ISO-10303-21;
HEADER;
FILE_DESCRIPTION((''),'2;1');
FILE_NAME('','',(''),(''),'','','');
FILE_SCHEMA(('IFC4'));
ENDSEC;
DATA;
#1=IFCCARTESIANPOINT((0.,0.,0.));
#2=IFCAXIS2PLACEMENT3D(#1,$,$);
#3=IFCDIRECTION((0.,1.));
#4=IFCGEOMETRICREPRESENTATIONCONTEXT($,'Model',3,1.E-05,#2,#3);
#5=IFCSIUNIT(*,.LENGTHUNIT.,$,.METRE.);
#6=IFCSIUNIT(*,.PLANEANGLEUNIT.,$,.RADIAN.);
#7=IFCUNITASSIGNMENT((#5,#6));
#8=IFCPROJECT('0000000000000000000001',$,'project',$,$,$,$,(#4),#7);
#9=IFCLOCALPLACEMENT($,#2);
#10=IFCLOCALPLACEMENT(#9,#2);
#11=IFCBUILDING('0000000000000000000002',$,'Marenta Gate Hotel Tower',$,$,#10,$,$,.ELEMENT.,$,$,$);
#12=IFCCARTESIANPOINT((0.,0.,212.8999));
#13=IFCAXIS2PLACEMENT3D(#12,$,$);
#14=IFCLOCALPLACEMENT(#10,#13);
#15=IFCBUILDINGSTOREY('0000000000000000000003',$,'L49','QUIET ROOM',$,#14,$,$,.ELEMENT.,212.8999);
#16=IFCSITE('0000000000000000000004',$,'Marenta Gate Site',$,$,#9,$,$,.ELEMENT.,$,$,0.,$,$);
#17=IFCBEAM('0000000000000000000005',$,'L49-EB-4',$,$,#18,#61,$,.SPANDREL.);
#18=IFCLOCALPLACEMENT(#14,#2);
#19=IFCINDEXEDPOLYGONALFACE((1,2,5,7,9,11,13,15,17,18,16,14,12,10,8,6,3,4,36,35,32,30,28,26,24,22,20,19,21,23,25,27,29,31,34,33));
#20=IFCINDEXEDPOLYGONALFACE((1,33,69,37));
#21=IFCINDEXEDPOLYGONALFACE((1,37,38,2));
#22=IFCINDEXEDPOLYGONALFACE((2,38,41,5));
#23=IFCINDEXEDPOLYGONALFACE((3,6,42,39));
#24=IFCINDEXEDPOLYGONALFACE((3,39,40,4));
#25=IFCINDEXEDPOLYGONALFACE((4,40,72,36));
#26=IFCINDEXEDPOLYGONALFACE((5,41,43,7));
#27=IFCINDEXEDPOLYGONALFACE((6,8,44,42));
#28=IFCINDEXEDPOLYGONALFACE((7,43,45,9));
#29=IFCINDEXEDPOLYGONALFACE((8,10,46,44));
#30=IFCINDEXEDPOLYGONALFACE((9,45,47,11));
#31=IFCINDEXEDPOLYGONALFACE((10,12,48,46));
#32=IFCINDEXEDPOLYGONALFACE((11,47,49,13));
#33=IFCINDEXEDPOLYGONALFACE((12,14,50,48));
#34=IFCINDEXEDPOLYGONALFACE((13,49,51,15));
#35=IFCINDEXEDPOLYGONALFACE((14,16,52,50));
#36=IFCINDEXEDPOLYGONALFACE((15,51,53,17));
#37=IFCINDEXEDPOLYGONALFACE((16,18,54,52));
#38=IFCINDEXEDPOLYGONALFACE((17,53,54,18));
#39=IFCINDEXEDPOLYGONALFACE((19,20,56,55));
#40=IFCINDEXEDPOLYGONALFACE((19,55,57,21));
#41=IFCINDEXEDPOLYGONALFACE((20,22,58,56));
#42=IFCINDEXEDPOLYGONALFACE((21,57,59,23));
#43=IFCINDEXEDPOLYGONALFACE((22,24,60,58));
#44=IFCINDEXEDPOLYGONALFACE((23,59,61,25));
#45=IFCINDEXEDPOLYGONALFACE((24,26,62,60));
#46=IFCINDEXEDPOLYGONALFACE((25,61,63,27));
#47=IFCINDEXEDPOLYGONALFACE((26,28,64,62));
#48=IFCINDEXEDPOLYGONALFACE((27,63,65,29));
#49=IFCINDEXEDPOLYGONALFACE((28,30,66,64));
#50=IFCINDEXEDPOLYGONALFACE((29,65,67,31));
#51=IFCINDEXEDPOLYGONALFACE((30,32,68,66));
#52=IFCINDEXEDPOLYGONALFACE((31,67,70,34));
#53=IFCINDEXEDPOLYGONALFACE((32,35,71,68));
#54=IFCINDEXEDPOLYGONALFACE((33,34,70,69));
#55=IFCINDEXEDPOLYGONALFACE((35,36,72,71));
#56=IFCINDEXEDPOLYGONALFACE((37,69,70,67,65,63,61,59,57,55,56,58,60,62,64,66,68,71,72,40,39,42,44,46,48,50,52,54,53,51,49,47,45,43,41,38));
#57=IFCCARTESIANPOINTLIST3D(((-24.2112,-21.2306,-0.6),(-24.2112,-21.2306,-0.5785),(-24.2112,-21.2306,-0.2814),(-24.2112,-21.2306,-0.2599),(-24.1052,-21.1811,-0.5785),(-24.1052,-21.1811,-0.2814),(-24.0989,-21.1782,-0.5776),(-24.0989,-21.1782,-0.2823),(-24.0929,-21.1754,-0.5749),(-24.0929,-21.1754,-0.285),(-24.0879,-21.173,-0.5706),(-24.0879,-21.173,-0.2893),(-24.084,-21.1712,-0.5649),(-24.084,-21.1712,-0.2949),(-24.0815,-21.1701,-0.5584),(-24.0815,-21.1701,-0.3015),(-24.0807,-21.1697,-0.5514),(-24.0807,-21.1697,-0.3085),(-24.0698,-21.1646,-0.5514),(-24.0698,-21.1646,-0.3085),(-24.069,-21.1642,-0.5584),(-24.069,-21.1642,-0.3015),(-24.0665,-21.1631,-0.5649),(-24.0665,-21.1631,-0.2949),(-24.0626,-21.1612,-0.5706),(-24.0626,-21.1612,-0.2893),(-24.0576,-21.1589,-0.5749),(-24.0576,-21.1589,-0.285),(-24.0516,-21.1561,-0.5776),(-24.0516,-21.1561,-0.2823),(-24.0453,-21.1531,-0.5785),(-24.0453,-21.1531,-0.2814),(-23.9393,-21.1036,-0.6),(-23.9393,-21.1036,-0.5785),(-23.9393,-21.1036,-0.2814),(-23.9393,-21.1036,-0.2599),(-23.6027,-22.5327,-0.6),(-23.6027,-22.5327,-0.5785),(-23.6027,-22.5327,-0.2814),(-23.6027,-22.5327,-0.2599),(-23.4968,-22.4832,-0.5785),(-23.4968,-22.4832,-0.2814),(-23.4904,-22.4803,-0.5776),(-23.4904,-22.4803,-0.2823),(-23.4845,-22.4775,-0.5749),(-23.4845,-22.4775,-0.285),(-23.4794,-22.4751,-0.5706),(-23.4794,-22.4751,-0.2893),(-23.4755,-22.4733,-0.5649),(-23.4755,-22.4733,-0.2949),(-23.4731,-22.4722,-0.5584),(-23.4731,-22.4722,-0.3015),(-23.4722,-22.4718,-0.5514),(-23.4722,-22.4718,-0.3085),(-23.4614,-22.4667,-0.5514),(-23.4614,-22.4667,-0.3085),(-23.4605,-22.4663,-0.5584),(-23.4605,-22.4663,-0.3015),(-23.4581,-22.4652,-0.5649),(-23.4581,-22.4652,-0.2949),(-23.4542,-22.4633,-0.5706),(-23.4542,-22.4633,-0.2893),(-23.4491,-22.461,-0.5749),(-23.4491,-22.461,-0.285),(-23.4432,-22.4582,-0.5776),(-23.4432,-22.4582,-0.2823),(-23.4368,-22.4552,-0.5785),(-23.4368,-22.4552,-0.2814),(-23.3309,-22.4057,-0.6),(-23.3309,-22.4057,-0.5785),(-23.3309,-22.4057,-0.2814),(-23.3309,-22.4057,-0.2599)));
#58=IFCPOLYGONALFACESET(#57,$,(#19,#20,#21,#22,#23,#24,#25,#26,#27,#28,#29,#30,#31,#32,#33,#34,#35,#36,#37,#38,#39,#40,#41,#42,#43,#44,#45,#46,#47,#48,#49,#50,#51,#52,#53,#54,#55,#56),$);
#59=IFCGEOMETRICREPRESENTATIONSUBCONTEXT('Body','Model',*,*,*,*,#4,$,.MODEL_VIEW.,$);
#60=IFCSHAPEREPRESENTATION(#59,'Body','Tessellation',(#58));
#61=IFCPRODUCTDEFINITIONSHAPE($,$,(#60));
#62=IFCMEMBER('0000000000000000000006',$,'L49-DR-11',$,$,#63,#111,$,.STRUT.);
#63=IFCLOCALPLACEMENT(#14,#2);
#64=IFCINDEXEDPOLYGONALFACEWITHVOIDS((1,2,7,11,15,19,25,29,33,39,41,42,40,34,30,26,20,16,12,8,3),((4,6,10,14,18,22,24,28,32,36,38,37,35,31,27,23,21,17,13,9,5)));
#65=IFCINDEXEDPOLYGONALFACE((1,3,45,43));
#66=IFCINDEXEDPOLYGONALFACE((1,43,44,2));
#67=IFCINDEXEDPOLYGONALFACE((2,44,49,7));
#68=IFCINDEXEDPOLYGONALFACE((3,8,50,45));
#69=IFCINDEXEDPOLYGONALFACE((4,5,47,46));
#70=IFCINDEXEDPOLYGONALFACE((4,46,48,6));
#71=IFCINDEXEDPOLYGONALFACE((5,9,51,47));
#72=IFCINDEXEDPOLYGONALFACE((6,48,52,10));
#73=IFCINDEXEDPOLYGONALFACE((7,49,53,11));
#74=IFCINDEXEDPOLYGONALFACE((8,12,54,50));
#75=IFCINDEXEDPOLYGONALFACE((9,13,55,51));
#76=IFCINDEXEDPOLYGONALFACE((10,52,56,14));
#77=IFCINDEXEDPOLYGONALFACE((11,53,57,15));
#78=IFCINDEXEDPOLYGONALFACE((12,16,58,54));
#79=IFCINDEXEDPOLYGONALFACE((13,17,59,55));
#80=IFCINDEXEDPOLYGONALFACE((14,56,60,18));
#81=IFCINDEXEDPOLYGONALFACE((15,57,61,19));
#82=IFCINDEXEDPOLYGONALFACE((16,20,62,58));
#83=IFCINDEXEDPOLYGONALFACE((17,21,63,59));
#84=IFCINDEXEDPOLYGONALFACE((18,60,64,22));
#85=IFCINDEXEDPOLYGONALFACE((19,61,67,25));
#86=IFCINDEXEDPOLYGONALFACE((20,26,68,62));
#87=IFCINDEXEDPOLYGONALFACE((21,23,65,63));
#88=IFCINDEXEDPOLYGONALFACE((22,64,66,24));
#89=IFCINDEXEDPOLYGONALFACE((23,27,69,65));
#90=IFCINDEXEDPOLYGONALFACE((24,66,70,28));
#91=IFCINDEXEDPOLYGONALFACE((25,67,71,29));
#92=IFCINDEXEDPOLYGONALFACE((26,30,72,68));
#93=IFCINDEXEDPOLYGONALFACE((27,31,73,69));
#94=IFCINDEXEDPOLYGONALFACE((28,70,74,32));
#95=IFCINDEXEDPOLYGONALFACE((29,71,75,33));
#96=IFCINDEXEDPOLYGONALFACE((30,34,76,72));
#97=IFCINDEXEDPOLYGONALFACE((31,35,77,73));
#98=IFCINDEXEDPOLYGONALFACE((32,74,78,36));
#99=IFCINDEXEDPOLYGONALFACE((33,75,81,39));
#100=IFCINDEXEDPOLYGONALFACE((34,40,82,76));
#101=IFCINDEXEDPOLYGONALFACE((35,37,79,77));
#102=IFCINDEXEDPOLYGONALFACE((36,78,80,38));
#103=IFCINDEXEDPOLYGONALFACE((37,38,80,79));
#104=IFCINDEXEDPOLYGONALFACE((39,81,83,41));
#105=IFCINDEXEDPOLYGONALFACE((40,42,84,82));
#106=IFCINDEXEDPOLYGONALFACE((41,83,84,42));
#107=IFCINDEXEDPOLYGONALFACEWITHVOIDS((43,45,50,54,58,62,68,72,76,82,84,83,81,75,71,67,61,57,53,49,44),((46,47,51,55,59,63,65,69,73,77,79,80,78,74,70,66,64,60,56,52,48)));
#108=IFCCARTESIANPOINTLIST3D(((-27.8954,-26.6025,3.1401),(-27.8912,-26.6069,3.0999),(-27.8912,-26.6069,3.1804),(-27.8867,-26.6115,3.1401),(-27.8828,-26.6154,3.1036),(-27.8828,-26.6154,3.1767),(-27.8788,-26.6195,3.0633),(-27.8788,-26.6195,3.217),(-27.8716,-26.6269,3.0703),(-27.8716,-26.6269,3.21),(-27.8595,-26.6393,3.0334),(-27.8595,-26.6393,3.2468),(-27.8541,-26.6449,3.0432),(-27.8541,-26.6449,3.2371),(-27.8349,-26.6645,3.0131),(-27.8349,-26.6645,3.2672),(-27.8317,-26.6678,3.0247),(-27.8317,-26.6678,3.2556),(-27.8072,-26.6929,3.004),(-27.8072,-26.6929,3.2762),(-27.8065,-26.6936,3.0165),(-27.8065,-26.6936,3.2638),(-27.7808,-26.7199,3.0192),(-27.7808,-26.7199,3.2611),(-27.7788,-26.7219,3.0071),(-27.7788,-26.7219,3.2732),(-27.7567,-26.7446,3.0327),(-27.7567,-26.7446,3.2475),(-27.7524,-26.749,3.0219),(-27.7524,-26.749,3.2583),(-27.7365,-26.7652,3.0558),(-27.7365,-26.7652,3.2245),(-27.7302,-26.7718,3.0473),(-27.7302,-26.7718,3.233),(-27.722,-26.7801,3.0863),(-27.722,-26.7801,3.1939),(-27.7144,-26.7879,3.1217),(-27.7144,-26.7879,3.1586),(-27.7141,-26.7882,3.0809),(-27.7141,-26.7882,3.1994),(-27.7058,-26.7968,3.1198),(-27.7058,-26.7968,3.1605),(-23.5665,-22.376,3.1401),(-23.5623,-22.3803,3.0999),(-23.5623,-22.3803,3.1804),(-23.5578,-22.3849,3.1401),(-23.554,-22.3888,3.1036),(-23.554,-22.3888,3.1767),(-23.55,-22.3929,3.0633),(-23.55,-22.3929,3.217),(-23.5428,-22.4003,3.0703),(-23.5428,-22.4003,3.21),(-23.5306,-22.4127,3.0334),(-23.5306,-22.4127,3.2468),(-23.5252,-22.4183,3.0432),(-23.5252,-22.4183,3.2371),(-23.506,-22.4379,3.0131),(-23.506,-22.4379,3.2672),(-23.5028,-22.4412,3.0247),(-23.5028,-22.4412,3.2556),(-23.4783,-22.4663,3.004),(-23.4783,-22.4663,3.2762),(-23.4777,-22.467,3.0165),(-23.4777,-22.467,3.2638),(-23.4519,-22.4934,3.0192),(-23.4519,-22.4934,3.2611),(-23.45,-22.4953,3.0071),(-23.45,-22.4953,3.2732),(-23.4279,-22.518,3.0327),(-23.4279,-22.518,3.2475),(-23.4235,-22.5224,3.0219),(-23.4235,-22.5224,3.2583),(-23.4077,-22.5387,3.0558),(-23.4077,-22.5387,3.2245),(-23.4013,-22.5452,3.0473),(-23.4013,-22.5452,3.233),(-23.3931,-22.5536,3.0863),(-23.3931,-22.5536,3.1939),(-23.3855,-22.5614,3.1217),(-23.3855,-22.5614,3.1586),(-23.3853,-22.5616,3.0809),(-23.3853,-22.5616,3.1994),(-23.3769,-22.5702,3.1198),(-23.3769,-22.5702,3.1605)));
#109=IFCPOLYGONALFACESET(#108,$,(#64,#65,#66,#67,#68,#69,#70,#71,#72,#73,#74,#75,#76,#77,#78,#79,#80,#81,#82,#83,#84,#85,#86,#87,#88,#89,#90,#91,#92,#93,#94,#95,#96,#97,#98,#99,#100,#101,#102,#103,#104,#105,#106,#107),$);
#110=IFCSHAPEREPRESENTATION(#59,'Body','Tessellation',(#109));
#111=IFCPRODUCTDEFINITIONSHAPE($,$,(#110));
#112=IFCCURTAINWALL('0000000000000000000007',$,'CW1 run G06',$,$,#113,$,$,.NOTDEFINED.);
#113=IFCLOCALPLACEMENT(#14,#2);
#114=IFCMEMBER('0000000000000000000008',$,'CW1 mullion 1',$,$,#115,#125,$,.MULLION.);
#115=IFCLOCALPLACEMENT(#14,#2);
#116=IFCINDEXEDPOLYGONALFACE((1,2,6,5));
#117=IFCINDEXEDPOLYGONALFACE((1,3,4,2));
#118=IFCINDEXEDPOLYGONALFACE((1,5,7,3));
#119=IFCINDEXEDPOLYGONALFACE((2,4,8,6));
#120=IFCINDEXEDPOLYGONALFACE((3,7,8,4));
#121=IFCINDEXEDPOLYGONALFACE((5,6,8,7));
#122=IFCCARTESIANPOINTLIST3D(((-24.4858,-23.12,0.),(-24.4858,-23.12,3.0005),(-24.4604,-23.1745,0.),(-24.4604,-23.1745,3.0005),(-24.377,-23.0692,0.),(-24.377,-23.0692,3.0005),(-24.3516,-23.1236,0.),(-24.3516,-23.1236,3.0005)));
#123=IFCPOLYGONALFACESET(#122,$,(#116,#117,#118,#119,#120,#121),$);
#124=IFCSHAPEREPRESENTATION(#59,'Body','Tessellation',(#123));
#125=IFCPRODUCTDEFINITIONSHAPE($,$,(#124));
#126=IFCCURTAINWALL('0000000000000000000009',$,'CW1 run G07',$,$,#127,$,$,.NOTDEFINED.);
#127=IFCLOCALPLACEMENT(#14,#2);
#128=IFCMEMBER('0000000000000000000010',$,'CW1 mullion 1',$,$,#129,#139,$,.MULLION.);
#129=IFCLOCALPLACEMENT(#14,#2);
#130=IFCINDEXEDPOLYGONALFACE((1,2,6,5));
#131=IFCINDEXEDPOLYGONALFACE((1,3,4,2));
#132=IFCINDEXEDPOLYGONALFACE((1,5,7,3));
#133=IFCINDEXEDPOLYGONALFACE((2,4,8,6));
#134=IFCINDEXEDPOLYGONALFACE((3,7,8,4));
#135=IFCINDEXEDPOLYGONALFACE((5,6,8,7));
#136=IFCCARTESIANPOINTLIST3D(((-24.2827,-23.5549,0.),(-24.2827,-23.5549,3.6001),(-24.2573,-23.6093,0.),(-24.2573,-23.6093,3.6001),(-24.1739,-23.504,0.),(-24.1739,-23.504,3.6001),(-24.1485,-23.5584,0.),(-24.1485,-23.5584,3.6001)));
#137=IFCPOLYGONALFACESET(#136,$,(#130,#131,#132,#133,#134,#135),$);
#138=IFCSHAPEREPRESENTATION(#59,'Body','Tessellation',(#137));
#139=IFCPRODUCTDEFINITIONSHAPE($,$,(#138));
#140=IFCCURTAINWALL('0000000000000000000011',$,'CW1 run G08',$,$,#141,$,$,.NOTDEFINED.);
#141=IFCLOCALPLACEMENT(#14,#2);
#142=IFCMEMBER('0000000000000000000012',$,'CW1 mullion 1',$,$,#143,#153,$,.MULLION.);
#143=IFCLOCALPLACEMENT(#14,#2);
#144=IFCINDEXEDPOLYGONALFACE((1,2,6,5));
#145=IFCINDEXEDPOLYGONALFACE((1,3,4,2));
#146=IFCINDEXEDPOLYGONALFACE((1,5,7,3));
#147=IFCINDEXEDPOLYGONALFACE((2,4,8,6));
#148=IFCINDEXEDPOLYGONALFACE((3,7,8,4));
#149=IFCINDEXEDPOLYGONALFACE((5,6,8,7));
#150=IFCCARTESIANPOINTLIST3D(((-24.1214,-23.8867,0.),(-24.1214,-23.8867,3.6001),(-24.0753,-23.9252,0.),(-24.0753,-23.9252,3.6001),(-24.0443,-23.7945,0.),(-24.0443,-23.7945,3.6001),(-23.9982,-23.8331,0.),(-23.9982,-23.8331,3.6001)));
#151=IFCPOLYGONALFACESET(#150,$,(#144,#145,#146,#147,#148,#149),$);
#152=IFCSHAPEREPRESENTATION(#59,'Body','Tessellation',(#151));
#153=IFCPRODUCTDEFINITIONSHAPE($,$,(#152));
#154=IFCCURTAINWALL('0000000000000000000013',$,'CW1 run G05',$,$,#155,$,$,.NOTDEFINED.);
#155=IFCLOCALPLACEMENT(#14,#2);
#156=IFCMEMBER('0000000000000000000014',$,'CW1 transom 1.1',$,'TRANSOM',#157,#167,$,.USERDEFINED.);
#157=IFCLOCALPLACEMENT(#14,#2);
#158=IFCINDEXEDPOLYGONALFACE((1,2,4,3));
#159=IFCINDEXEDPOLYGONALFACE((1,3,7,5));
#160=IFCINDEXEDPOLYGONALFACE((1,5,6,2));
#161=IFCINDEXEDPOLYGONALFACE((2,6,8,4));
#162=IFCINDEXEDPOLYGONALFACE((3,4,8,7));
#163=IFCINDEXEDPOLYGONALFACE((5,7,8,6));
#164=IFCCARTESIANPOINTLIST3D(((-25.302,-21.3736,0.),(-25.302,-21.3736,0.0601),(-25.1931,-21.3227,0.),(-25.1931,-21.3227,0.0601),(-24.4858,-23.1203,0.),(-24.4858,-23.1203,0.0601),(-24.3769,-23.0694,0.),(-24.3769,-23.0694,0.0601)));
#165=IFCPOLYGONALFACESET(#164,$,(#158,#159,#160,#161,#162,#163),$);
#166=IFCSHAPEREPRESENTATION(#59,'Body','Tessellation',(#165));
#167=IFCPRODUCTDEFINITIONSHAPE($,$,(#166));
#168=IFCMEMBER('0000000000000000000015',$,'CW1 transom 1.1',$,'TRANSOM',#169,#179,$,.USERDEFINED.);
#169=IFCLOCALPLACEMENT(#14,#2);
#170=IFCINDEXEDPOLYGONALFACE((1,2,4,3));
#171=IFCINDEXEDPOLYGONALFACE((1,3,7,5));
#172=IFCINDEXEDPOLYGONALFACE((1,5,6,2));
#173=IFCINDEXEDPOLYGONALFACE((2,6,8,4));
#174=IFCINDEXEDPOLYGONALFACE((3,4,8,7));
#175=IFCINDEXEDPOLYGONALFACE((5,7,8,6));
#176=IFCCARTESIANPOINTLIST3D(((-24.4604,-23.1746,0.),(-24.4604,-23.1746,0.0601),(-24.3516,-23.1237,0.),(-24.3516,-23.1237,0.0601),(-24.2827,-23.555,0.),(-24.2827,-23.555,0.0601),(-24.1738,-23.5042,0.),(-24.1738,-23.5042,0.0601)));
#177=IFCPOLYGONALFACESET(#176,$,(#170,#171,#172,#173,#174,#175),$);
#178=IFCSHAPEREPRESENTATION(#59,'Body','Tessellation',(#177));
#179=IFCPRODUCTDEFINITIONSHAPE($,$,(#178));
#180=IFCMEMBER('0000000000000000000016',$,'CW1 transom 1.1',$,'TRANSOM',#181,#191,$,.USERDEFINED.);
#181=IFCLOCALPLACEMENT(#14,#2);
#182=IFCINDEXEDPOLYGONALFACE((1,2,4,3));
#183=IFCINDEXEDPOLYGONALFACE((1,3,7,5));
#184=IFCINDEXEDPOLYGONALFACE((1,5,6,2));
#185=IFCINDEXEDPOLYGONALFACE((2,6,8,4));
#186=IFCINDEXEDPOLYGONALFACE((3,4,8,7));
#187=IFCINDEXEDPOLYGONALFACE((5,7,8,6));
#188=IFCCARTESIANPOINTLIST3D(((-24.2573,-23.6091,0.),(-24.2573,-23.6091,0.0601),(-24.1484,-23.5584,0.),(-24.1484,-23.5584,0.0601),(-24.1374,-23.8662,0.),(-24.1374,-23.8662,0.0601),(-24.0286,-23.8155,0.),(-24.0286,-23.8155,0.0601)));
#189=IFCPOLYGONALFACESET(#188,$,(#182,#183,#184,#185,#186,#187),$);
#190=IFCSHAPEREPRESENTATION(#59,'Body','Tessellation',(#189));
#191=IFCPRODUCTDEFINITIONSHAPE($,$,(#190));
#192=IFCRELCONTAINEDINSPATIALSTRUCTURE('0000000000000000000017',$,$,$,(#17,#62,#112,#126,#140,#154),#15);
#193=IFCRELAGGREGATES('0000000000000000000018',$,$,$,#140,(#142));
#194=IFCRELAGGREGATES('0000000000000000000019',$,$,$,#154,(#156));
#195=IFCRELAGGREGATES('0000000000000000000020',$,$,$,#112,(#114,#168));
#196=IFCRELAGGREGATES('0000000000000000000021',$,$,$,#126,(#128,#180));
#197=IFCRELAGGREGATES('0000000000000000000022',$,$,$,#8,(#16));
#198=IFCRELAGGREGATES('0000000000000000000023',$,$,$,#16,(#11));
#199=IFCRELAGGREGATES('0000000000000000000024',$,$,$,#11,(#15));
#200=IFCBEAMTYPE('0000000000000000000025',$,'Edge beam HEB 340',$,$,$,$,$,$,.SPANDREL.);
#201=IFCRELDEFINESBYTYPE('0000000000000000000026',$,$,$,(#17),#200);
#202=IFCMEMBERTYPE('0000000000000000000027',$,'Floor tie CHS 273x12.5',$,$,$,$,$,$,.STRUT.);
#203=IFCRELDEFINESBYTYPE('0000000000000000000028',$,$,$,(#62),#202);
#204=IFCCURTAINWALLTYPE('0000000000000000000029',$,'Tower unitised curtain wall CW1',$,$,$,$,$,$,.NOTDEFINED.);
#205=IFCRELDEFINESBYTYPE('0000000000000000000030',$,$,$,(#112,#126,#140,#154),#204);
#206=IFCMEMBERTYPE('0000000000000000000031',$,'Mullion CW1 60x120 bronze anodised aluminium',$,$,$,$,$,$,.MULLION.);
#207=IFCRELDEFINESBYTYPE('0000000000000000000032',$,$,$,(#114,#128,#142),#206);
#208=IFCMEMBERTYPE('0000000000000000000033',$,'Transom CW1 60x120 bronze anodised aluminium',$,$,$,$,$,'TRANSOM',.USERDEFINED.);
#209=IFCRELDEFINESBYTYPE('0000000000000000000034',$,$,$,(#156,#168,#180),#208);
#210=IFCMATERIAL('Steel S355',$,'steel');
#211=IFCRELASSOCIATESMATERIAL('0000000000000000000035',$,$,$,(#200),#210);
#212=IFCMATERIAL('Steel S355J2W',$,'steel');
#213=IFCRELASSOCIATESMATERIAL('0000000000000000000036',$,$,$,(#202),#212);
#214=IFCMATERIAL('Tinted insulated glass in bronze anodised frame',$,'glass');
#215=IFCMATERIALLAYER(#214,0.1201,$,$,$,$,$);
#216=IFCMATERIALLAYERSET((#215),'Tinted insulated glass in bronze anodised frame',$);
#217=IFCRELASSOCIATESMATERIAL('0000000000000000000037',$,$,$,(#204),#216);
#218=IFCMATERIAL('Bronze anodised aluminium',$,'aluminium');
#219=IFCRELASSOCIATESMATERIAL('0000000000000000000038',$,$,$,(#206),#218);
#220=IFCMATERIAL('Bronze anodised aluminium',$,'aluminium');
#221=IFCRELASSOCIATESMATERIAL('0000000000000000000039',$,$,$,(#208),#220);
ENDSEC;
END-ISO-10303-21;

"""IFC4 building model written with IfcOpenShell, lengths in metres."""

from ifc_helpers import new_model, si_unit, direction, frame, origin, origin_2d, place, context, subcontext, project, spatial, rectangle, hollow_circle, i_section, extrude, material, layer, layer_set, material_profile, profile_set, type_object, element, aggregate, save


model = new_model("IFC4")

# Units and contexts
model_context = context("Model", 3, precision=1e-05, world=origin(), true_north=direction((0.0, 1.0)))
body_context = subcontext(model_context, "Body", "Model", "MODEL_VIEW")
ifc_project = project(units=[si_unit("LENGTHUNIT", "METRE"), si_unit("PLANEANGLEUNIT", "RADIAN")], contexts=[model_context])

# Site, building, storey
site_placement = place(None, origin())
site = spatial("IfcSite", under=ifc_project, at=site_placement, Name="Marenta Gate Site", CompositionType="ELEMENT", RefElevation=0.0)
building_placement = place(site_placement, origin())
building = spatial("IfcBuilding", under=site, at=building_placement, Name="Marenta Gate Hotel Tower", CompositionType="ELEMENT")
storey_placement = place(building_placement, frame((0.0, 0.0, 212.8999)))
storey = spatial("IfcBuildingStorey", under=building, at=storey_placement, Name="L49", Description="QUIET ROOM", CompositionType="ELEMENT", Elevation=212.8999)

# Beam
ifc_material_1 = material(Name="Steel S355", Category="steel")
ifc_material_profile_1 = material_profile(ifc_material_1, i_section(OverallWidth=0.3, OverallDepth=0.3401, WebThickness=0.012, FlangeThickness=0.0215, FilletRadius=0.0271, at=origin_2d()), Name="HEB 340")
ifc_profile_set_1 = profile_set([ifc_material_profile_1], Name="Steel S355")
beam_type = type_object("IfcBeamType", Name="Edge beam HEB 340", PredefinedType="SPANDREL", material=ifc_profile_set_1)
beam_placement = place(storey_placement, frame((-23.4668, -22.4692, -0.4299), z_axis=(-0.423341, 0.90597, 0.0), x_axis=(-0.90597, -0.423341, 0.0)))
element("IfcBeam", 1, at=beam_placement, inside=storey, type_object=beam_type, Name="L49-EB-4", PredefinedType="SPANDREL", context=body_context, shape_type="SweptSolid", body=[
    extrude(i_section(OverallWidth=0.3, OverallDepth=0.3401, WebThickness=0.012, FlangeThickness=0.0215, FilletRadius=0.0271, at=origin_2d()), origin(), (0.0, 0.0, 1.0), 1.4373),
])

# Member
ifc_material_2 = material(Name="Steel S355J2W", Category="steel")
ifc_material_profile_2 = material_profile(ifc_material_2, hollow_circle(Radius=0.1365, WallThickness=0.0125, at=origin_2d()), Name="CHS 273x12.5")
ifc_profile_set_2 = profile_set([ifc_material_profile_2], Name="Steel S355J2W")
member_type_1 = type_object("IfcMemberType", Name="Floor tie CHS 273x12.5", PredefinedType="STRUT", material=ifc_profile_set_2)
member_1_placement = place(storey_placement, frame((-27.8, -26.7002, 3.1401), z_axis=(0.71551, 0.698602, 0.0), x_axis=(-0.698602, 0.71551, 0.0)))
element("IfcMember", 2, at=member_1_placement, inside=storey, type_object=member_type_1, Name="L49-DR-11", PredefinedType="STRUT", context=body_context, shape_type="SweptSolid", body=[
    extrude(hollow_circle(Radius=0.1365, WallThickness=0.0125, at=origin_2d()), origin(), (0.0, 0.0, 1.0), 6.05),
])

# Curtain walls, members
ifc_material_3 = material(Name="Tinted insulated glass in bronze anodised frame", Category="glass")
ifc_layer_1 = layer(ifc_material_3, 0.1201)
ifc_layer_set_1 = layer_set([ifc_layer_1], Name="Tinted insulated glass in bronze anodised frame")
curtain_wall_type = type_object("IfcCurtainWallType", Name="Tower unitised curtain wall CW1", PredefinedType="NOTDEFINED", material=ifc_layer_set_1)
curtain_wall_1_placement = place(storey_placement, origin())
curtain_wall_1 = element("IfcCurtainWall", 3, at=curtain_wall_1_placement, inside=storey, type_object=curtain_wall_type, Name="CW1 run G06", PredefinedType="NOTDEFINED")
ifc_material_4 = material(Name="Bronze anodised aluminium", Category="aluminium")
ifc_material_profile_3 = material_profile(ifc_material_4, rectangle(XDim=0.1201, YDim=0.0601, at=origin_2d()), Name="Mullion CW1 60x120 bronze anodised aluminium")
ifc_profile_set_3 = profile_set([ifc_material_profile_3], Name="Bronze anodised aluminium")
member_type_2 = type_object("IfcMemberType", Name="Mullion CW1 60x120 bronze anodised aluminium", PredefinedType="MULLION", material=ifc_profile_set_3)
member_2_placement = place(storey_placement, frame((-24.4187, -23.1218, 0.0), z_axis=(0.0, 0.0, 1.0), x_axis=(0.905949, 0.423387, 0.0)))
member_2 = element("IfcMember", 4, at=member_2_placement, type_object=member_type_2, Name="CW1 mullion 1", PredefinedType="MULLION", context=body_context, shape_type="SweptSolid", body=[
    extrude(rectangle(XDim=0.1201, YDim=0.0601, at=origin_2d()), origin(), (0.0, 0.0, 1.0), 3.0005),
])
curtain_wall_2_placement = place(storey_placement, origin())
curtain_wall_2 = element("IfcCurtainWall", 5, at=curtain_wall_2_placement, inside=storey, type_object=curtain_wall_type, Name="CW1 run G07", PredefinedType="NOTDEFINED")
member_3_placement = place(storey_placement, frame((-24.2156, -23.5566, 0.0), z_axis=(0.0, 0.0, 1.0), x_axis=(0.90599, 0.4233, 0.0)))
member_3 = element("IfcMember", 6, at=member_3_placement, type_object=member_type_2, Name="CW1 mullion 1", PredefinedType="MULLION", context=body_context, shape_type="SweptSolid", body=[
    extrude(rectangle(XDim=0.1201, YDim=0.0601, at=origin_2d()), origin(), (0.0, 0.0, 1.0), 3.6001),
])
curtain_wall_3_placement = place(storey_placement, origin())
curtain_wall_3 = element("IfcCurtainWall", 7, at=curtain_wall_3_placement, inside=storey, type_object=curtain_wall_type, Name="CW1 run G08", PredefinedType="NOTDEFINED")
member_4_placement = place(storey_placement, frame((-24.0598, -23.8599, 0.0), z_axis=(0.0, 0.0, 1.0), x_axis=(0.641525, 0.767102, 0.0)))
member_4 = element("IfcMember", 8, at=member_4_placement, type_object=member_type_2, Name="CW1 mullion 1", PredefinedType="MULLION", context=body_context, shape_type="SweptSolid", body=[
    extrude(rectangle(XDim=0.1201, YDim=0.0601, at=origin_2d()), origin(), (0.0, 0.0, 1.0), 3.6001),
])
curtain_wall_4_placement = place(storey_placement, origin())
curtain_wall_4 = element("IfcCurtainWall", 9, at=curtain_wall_4_placement, inside=storey, type_object=curtain_wall_type, Name="CW1 run G05", PredefinedType="NOTDEFINED")
ifc_material_5 = material(Name="Bronze anodised aluminium", Category="aluminium")
ifc_material_profile_4 = material_profile(ifc_material_5, rectangle(XDim=0.1201, YDim=0.0601, at=origin_2d()), Name="Transom CW1 60x120 bronze anodised aluminium")
ifc_profile_set_4 = profile_set([ifc_material_profile_4], Name="Bronze anodised aluminium")
member_type_3 = type_object("IfcMemberType", Name="Transom CW1 60x120 bronze anodised aluminium", ElementType="TRANSOM", PredefinedType="USERDEFINED", material=ifc_profile_set_4)
member_5_placement = place(storey_placement, frame((-25.2476, -21.3481, 0.03), z_axis=(0.42335, -0.905966, 0.0), x_axis=(0.905966, 0.42335, 0.0)))
member_5 = element("IfcMember", 10, at=member_5_placement, type_object=member_type_3, Name="CW1 transom 1.1", ObjectType="TRANSOM", PredefinedType="USERDEFINED", context=body_context, shape_type="SweptSolid", body=[
    extrude(rectangle(XDim=0.1201, YDim=0.0601, at=origin_2d()), origin(), (0.0, 0.0, 1.0), 1.928),
])

# Members
member_6_placement = place(storey_placement, frame((-24.406, -23.1492, 0.03), z_axis=(0.423331, -0.905975, 0.0), x_axis=(0.905975, 0.423331, 0.0)))
member_6 = element("IfcMember", 11, at=member_6_placement, type_object=member_type_3, Name="CW1 transom 1.1", ObjectType="TRANSOM", PredefinedType="USERDEFINED", context=body_context, shape_type="SweptSolid", body=[
    extrude(rectangle(XDim=0.1201, YDim=0.0601, at=origin_2d()), origin(), (0.0, 0.0, 1.0), 0.4199),
])
member_7_placement = place(storey_placement, frame((-24.2029, -23.5837, 0.03), z_axis=(0.422603, -0.906315, 0.0), x_axis=(0.906315, 0.422603, 0.0)))
member_7 = element("IfcMember", 12, at=member_7_placement, type_object=member_type_3, Name="CW1 transom 1.1", ObjectType="TRANSOM", PredefinedType="USERDEFINED", context=body_context, shape_type="SweptSolid", body=[
    extrude(rectangle(XDim=0.1201, YDim=0.0601, at=origin_2d()), origin(), (0.0, 0.0, 1.0), 0.2837),
])
aggregate(curtain_wall_3, [member_4])

aggregate(curtain_wall_4, [member_5])
aggregate(curtain_wall_1, [member_2, member_6])
aggregate(curtain_wall_2, [member_3, member_7])

save(model, "model.ifc")
